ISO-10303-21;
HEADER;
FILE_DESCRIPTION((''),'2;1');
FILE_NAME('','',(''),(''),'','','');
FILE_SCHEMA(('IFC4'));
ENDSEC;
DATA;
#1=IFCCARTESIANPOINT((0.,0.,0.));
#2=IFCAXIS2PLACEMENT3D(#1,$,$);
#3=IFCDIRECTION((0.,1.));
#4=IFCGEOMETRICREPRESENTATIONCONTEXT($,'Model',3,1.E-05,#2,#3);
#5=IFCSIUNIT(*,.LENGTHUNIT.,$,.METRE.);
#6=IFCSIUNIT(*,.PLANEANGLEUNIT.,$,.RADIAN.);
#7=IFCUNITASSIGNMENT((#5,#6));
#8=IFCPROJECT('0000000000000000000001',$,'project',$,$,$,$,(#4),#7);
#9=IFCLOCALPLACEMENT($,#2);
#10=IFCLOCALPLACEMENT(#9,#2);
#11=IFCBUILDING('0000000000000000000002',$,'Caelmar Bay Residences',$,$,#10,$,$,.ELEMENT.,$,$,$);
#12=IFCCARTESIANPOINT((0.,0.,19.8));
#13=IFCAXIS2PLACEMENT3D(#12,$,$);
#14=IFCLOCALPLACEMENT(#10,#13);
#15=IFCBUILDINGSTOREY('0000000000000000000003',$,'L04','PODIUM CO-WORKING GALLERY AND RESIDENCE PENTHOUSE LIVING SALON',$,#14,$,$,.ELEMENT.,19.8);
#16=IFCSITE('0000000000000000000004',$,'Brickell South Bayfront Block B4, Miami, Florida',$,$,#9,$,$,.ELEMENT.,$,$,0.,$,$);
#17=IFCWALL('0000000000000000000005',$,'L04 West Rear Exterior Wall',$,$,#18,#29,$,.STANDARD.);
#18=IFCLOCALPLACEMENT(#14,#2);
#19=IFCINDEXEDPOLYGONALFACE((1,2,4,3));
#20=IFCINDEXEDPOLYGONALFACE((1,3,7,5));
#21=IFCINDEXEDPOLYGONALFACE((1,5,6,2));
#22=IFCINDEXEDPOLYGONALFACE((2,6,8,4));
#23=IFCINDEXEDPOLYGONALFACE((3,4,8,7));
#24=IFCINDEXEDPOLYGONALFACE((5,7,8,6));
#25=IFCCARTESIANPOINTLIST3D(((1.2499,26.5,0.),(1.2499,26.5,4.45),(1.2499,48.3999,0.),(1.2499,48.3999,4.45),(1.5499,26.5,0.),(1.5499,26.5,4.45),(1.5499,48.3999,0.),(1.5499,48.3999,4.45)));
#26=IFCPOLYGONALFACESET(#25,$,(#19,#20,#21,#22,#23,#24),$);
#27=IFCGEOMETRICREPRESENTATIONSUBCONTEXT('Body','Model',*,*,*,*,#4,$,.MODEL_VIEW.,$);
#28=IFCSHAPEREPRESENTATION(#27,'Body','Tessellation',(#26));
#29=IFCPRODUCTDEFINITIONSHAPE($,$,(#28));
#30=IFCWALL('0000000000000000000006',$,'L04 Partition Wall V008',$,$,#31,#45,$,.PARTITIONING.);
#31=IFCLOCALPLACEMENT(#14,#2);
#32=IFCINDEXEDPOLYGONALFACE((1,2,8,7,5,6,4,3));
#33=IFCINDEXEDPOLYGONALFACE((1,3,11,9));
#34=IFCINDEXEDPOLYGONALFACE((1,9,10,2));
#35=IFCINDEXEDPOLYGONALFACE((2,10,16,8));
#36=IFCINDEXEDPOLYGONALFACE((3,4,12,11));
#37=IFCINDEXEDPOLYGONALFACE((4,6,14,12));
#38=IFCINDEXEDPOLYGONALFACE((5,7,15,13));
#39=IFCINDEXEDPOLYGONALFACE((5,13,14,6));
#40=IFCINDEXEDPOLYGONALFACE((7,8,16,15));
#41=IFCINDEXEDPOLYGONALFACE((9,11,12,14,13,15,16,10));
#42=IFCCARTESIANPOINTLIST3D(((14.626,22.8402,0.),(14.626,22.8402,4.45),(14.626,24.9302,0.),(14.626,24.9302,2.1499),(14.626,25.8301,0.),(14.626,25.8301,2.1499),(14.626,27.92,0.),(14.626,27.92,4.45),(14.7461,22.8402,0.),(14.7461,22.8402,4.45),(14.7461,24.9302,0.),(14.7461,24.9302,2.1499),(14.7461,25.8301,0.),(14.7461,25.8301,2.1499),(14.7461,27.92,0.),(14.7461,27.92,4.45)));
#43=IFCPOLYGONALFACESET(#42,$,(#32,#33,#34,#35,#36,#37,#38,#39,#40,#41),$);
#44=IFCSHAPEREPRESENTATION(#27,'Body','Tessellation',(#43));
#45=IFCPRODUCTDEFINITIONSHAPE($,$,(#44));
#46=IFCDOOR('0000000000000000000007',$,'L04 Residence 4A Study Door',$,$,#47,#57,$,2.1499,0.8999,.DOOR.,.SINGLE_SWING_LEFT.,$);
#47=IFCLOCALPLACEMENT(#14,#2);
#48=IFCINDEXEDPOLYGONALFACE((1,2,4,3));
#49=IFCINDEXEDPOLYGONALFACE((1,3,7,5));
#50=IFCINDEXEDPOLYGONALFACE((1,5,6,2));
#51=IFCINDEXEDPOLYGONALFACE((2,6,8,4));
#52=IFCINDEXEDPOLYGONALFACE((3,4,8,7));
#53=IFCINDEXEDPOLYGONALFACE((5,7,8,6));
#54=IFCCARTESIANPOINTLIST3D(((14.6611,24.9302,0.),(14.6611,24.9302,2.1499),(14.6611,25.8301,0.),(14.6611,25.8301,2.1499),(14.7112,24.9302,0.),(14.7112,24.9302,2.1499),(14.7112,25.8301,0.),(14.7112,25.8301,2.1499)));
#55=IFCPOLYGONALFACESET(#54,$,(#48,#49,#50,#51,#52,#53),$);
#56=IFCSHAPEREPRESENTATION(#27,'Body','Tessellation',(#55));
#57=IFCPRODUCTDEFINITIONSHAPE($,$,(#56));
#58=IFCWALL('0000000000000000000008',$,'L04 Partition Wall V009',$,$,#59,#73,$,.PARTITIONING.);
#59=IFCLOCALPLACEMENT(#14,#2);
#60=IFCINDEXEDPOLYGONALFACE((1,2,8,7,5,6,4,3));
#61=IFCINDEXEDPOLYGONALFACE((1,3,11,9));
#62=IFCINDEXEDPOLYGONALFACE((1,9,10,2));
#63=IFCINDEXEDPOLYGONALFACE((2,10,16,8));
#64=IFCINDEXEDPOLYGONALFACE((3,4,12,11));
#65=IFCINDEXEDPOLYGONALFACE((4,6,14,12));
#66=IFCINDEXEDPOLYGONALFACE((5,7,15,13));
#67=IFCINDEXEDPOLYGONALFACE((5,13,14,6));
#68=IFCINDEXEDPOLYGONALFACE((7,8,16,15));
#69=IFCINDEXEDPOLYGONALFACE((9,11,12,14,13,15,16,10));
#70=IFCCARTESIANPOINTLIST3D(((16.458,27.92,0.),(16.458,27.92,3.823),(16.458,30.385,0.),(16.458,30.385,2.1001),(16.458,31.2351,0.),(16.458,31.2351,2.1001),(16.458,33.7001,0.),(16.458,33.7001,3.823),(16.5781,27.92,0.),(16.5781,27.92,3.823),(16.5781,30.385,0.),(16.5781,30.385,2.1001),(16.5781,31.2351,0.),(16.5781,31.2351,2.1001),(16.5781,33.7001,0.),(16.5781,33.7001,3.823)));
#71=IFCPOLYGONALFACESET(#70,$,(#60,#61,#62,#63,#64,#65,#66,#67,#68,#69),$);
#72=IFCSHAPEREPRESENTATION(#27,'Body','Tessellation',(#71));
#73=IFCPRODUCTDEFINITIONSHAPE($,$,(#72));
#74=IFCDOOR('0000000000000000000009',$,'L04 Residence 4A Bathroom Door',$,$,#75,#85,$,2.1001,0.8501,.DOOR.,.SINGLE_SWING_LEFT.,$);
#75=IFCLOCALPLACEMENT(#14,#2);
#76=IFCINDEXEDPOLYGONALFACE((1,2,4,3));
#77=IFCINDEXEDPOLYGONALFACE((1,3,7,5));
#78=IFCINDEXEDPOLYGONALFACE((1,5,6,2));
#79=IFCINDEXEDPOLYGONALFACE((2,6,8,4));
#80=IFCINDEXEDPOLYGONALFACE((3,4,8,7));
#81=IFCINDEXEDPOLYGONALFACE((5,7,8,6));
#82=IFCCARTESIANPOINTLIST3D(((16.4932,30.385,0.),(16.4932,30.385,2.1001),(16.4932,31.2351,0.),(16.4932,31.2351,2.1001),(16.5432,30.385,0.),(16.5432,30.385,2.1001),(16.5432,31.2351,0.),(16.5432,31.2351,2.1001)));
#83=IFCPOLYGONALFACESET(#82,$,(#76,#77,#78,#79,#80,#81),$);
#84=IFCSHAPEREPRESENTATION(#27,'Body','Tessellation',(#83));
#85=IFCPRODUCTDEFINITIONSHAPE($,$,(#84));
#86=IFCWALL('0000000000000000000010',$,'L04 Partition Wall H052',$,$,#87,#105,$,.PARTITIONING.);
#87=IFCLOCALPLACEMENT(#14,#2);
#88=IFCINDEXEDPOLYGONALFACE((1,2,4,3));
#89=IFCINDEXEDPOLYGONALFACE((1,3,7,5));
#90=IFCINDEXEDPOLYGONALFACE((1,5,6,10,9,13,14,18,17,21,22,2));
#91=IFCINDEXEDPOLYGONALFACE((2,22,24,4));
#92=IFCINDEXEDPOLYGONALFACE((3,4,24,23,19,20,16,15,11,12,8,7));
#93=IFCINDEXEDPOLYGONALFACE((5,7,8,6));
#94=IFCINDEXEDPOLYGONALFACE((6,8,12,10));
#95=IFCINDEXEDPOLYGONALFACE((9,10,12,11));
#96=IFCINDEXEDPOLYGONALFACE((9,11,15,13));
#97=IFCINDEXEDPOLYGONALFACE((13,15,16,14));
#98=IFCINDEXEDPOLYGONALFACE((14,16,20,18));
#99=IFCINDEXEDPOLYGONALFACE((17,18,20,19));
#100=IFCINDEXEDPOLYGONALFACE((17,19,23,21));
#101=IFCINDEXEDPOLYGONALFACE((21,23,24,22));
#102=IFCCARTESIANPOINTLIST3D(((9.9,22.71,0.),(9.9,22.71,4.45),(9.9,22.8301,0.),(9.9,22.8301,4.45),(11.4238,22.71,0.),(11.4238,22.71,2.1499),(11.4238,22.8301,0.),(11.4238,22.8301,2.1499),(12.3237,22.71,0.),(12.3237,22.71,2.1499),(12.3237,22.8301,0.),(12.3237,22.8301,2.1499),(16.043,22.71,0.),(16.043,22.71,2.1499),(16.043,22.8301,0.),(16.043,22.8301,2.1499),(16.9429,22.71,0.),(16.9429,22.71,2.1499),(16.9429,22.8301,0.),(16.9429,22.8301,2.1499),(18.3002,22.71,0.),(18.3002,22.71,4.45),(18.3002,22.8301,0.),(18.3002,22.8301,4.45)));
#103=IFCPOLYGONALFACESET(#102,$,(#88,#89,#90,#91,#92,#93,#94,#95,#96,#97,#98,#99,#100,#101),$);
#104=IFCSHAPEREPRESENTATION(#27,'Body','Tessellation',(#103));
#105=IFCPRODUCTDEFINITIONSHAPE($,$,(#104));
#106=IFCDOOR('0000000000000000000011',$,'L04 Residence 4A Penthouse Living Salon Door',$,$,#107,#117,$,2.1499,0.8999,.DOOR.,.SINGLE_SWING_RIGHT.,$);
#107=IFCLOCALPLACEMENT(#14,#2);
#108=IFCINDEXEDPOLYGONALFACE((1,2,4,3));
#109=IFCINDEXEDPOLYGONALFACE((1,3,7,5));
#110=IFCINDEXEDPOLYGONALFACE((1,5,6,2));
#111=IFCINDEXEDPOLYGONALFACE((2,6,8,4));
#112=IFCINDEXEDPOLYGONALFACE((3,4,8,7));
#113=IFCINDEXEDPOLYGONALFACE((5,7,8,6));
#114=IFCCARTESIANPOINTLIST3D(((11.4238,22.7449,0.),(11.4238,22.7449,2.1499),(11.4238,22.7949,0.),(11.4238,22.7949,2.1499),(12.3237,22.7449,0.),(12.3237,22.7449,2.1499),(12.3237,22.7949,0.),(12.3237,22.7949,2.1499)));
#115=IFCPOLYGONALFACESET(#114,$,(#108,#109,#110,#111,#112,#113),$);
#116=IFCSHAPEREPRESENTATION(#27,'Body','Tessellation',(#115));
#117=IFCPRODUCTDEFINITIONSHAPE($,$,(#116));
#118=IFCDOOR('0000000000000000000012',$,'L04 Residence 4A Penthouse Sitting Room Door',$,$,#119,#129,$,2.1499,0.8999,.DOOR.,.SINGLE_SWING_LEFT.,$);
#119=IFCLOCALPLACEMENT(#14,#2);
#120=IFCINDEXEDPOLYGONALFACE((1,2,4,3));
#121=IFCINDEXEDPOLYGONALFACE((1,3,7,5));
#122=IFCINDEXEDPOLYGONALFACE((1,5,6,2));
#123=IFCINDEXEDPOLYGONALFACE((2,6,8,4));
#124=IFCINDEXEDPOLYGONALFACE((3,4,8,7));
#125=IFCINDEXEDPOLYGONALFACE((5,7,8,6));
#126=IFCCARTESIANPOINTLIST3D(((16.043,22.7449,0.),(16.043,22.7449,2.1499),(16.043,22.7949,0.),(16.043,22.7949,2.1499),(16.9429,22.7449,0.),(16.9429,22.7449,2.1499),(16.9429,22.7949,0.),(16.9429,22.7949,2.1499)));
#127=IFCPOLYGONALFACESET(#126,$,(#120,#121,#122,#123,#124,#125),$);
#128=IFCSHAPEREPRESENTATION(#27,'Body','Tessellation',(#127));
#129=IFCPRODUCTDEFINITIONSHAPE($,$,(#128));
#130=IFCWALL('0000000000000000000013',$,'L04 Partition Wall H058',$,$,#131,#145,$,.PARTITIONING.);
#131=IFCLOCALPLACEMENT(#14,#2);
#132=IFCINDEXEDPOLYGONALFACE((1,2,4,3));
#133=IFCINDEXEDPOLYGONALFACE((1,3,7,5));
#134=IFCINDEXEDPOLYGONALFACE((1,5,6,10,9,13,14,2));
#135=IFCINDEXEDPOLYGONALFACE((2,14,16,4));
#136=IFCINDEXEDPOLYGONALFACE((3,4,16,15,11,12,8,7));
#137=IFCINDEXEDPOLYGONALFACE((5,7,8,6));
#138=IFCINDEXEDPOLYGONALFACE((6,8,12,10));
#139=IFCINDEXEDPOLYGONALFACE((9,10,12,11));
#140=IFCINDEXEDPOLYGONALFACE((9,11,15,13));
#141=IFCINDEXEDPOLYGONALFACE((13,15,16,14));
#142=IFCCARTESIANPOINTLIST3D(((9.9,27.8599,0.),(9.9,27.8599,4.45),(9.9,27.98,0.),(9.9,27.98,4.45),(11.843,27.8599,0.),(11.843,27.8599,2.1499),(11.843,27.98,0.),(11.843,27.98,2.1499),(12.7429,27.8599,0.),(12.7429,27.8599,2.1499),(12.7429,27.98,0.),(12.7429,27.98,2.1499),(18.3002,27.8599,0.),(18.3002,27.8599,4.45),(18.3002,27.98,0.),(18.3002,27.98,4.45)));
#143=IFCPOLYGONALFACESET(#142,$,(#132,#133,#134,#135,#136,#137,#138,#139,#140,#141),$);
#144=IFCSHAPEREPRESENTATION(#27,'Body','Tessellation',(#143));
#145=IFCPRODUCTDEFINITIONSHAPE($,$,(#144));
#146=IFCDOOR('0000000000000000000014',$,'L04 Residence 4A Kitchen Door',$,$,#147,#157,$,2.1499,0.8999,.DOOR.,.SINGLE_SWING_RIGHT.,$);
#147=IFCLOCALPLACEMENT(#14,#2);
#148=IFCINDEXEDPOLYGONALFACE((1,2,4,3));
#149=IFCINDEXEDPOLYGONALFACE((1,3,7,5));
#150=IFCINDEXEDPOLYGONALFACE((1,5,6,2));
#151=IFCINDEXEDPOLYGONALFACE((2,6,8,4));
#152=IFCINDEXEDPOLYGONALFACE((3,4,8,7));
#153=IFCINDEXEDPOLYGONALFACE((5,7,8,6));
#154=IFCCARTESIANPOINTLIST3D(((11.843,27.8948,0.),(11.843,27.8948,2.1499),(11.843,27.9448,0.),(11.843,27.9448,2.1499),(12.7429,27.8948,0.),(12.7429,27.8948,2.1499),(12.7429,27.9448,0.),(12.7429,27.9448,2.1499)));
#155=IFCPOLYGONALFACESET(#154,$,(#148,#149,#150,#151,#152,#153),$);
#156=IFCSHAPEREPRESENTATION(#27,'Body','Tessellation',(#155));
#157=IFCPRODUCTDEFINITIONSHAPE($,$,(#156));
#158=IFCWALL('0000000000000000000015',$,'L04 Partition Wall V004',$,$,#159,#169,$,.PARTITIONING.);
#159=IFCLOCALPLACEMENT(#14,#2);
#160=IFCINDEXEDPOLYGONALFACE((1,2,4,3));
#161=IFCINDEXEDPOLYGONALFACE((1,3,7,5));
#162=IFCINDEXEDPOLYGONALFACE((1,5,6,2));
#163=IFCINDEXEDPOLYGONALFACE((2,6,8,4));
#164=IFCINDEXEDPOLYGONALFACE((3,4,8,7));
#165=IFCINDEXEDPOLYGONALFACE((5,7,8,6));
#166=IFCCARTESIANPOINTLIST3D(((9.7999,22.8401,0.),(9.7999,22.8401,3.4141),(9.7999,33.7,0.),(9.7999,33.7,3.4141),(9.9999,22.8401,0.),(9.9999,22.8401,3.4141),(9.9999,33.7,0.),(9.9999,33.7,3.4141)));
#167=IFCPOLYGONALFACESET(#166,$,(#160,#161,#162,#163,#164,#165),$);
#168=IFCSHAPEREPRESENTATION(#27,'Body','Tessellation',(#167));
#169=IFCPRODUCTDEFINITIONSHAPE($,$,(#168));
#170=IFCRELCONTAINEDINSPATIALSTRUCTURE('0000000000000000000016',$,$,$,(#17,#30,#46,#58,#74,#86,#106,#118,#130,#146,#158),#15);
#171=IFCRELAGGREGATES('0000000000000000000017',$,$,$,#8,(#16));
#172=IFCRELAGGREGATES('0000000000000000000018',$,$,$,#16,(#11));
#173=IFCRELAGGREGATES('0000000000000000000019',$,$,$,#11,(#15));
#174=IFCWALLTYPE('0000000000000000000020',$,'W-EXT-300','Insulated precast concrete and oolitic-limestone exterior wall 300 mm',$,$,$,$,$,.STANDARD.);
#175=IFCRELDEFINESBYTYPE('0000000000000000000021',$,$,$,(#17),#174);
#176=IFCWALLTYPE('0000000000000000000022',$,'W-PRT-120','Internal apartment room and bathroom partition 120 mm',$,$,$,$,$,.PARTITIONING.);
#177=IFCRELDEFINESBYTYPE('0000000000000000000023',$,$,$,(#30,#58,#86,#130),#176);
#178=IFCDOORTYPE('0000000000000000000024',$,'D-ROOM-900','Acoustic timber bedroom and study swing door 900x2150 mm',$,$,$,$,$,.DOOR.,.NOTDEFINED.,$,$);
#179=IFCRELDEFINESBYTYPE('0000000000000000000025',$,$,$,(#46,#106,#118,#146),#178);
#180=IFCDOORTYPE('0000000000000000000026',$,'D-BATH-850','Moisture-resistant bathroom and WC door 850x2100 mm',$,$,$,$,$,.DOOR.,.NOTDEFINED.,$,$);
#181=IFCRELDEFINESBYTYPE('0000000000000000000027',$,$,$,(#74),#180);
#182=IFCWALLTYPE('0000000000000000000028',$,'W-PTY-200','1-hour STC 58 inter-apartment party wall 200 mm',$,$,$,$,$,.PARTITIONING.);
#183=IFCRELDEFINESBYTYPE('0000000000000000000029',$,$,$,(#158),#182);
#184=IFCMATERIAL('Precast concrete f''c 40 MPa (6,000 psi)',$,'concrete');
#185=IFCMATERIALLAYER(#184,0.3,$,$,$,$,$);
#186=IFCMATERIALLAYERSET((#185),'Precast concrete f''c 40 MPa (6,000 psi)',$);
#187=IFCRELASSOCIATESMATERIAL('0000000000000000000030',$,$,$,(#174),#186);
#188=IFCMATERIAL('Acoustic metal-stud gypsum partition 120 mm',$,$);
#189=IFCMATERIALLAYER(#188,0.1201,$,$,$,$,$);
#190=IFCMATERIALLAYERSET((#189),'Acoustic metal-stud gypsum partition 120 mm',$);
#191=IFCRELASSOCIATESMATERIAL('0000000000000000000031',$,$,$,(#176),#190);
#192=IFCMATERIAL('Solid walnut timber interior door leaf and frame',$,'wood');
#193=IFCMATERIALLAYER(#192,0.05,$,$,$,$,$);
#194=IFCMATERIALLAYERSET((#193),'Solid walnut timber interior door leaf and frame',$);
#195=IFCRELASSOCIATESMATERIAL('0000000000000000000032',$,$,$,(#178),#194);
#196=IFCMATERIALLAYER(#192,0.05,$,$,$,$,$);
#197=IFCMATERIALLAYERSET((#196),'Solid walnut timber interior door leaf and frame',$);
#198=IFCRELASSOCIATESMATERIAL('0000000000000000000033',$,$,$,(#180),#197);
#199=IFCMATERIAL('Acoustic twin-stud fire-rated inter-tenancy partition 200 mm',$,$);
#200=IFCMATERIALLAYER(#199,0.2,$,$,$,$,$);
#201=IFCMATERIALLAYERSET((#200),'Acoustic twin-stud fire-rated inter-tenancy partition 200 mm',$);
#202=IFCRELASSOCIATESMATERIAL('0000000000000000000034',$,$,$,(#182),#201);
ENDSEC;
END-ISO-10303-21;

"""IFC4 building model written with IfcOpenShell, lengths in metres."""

from ifc_helpers import new_model, si_unit, direction, frame, frame_2d, origin, place, context, subcontext, project, spatial, rectangle, extrude, material, layer, layer_set, type_object, element, fill, save


model = new_model("IFC4")

# Units and contexts
model_context = context("Model", 3, precision=1e-05, world=origin(), true_north=direction((0.0, 1.0)))
body_context = subcontext(model_context, "Body", "Model", "MODEL_VIEW")
ifc_project = project(units=[si_unit("LENGTHUNIT", "METRE"), si_unit("PLANEANGLEUNIT", "RADIAN")], contexts=[model_context])

# Site, building, storey
site_placement = place(None, origin())
site = spatial("IfcSite", under=ifc_project, at=site_placement, Name="Brickell South Bayfront Block B4, Miami, Florida", CompositionType="ELEMENT", RefElevation=0.0)
building_placement = place(site_placement, origin())
building = spatial("IfcBuilding", under=site, at=building_placement, Name="Caelmar Bay Residences", CompositionType="ELEMENT")
storey_placement = place(building_placement, frame((0.0, 0.0, 19.8)))
storey = spatial("IfcBuildingStorey", under=building, at=storey_placement, Name="L04", Description="PODIUM CO-WORKING GALLERY AND RESIDENCE PENTHOUSE LIVING SALON", CompositionType="ELEMENT", Elevation=19.8)

# Wall
ifc_material_1 = material(Name="Precast concrete f'c 40 MPa (6,000 psi)", Category="concrete")
ifc_layer_1 = layer(ifc_material_1, 0.3)
ifc_layer_set_1 = layer_set([ifc_layer_1], Name="Precast concrete f'c 40 MPa (6,000 psi)")
wall_type_1 = type_object("IfcWallType", Name="W-EXT-300", Description="Insulated precast concrete and oolitic-limestone exterior wall 300 mm", PredefinedType="STANDARD", material=ifc_layer_set_1)
wall_1_placement = place(storey_placement, frame((1.3999, 26.5, 0.0), z_axis=(0.0, 0.0, 1.0), x_axis=(0.0, 1.0, 0.0)))
element("IfcWall", 1, at=wall_1_placement, inside=storey, type_object=wall_type_1, Name="L04 West Rear Exterior Wall", PredefinedType="STANDARD", context=body_context, shape_type="SweptSolid", body=[
    extrude(rectangle(XDim=21.8999, YDim=0.3, at=frame_2d((10.95, 0.0))), origin(), (0.0, 0.0, 1.0), 4.45),
])

# Walls, openings, doors
ifc_material_2 = material(Name="Acoustic metal-stud gypsum partition 120 mm")
ifc_layer_2 = layer(ifc_material_2, 0.1201)
ifc_layer_set_2 = layer_set([ifc_layer_2], Name="Acoustic metal-stud gypsum partition 120 mm")
wall_type_2 = type_object("IfcWallType", Name="W-PRT-120", Description="Internal apartment room and bathroom partition 120 mm", PredefinedType="PARTITIONING", material=ifc_layer_set_2)
wall_2_placement = place(storey_placement, frame((14.686, 22.8401, 0.0), z_axis=(0.0, 0.0, 1.0), x_axis=(0.0, 1.0, 0.0)))
wall_2 = element("IfcWall", 2, at=wall_2_placement, inside=storey, type_object=wall_type_2, Name="L04 Partition Wall V008", PredefinedType="PARTITIONING", context=body_context, shape_type="SweptSolid", body=[
    extrude(rectangle(XDim=5.0798, YDim=0.1201, at=frame_2d((2.54, 0.0))), origin(), (0.0, 0.0, 1.0), 4.45),
])
opening_1_placement = place(wall_2_placement, frame((2.0901, 0.0, 0.0)))
opening_1 = element("IfcOpeningElement", 3, at=opening_1_placement, cuts=wall_2, PredefinedType="OPENING", context=body_context, shape_type="SweptSolid", body=[
    extrude(rectangle(XDim=0.8999, YDim=2.1499, at=frame_2d((0.45, 1.075))), frame((0.0, 0.0701, 0.0), z_axis=(0.0, -1.0, 0.0), x_axis=(1.0, 0.0, 0.0)), (0.0, 0.0, 1.0), 0.1401),
])
ifc_material_3 = material(Name="Solid walnut timber interior door leaf and frame", Category="wood")
ifc_layer_3 = layer(ifc_material_3, 0.05)
ifc_layer_set_3 = layer_set([ifc_layer_3], Name="Solid walnut timber interior door leaf and frame")
door_type_1 = type_object("IfcDoorType", Name="D-ROOM-900", Description="Acoustic timber bedroom and study swing door 900x2150 mm", OperationType="NOTDEFINED", PredefinedType="DOOR", material=ifc_layer_set_3)
door_1_placement = place(opening_1_placement, origin())
door_1 = element("IfcDoor", 4, at=door_1_placement, inside=storey, type_object=door_type_1, Name="L04 Residence 4A Study Door", OperationType="SINGLE_SWING_LEFT", OverallHeight=2.1499, OverallWidth=0.8999, PredefinedType="DOOR", context=body_context, shape_type="SweptSolid", body=[
    extrude(rectangle(XDim=0.8999, YDim=2.1499, at=frame_2d((0.45, 1.075))), frame((0.0, 0.0249, 0.0), z_axis=(0.0, -1.0, 0.0), x_axis=(1.0, 0.0, 0.0)), (0.0, 0.0, 1.0), 0.05),
])
fill(opening_1, door_1)
wall_3_placement = place(storey_placement, frame((16.5181, 27.9199, 0.0), z_axis=(0.0, 0.0, 1.0), x_axis=(0.0, 1.0, 0.0)))
wall_3 = element("IfcWall", 5, at=wall_3_placement, inside=storey, type_object=wall_type_2, Name="L04 Partition Wall V009", PredefinedType="PARTITIONING", context=body_context, shape_type="SweptSolid", body=[
    extrude(rectangle(XDim=5.78, YDim=0.1201, at=frame_2d((2.8901, 0.0))), origin(), (0.0, 0.0, 1.0), 3.823),
])
opening_2_placement = place(wall_3_placement, frame((2.4651, 0.0, 0.0)))
opening_2 = element("IfcOpeningElement", 6, at=opening_2_placement, cuts=wall_3, PredefinedType="OPENING", context=body_context, shape_type="SweptSolid", body=[
    extrude(rectangle(XDim=0.8501, YDim=2.1001, at=frame_2d((0.425, 1.05))), frame((0.0, 0.0701, 0.0), z_axis=(0.0, -1.0, 0.0), x_axis=(1.0, 0.0, 0.0)), (0.0, 0.0, 1.0), 0.1401),
])
ifc_layer_4 = layer(ifc_material_3, 0.05)
ifc_layer_set_4 = layer_set([ifc_layer_4], Name="Solid walnut timber interior door leaf and frame")
door_type_2 = type_object("IfcDoorType", Name="D-BATH-850", Description="Moisture-resistant bathroom and WC door 850x2100 mm", OperationType="NOTDEFINED", PredefinedType="DOOR", material=ifc_layer_set_4)
door_2_placement = place(opening_2_placement, origin())
door_2 = element("IfcDoor", 7, at=door_2_placement, inside=storey, type_object=door_type_2, Name="L04 Residence 4A Bathroom Door", OperationType="SINGLE_SWING_LEFT", OverallHeight=2.1001, OverallWidth=0.8501, PredefinedType="DOOR", context=body_context, shape_type="SweptSolid", body=[
    extrude(rectangle(XDim=0.8501, YDim=2.1001, at=frame_2d((0.425, 1.05))), frame((0.0, 0.0249, 0.0), z_axis=(0.0, -1.0, 0.0), x_axis=(1.0, 0.0, 0.0)), (0.0, 0.0, 1.0), 0.05),
])
fill(opening_2, door_2)

# Wall, openings, doors
wall_4_placement = place(storey_placement, frame((9.8999, 22.77, 0.0), z_axis=(0.0, 0.0, 1.0), x_axis=(1.0, 0.0, 0.0)))
wall_4 = element("IfcWall", 8, at=wall_4_placement, inside=storey, type_object=wall_type_2, Name="L04 Partition Wall H052", PredefinedType="PARTITIONING", context=body_context, shape_type="SweptSolid", body=[
    extrude(rectangle(XDim=8.4001, YDim=0.1201, at=frame_2d((4.2002, 0.0))), origin(), (0.0, 0.0, 1.0), 4.45),
])
opening_3_placement = place(wall_4_placement, frame((1.5239, 0.0, 0.0)))
opening_3 = element("IfcOpeningElement", 9, at=opening_3_placement, cuts=wall_4, PredefinedType="OPENING", context=body_context, shape_type="SweptSolid", body=[
    extrude(rectangle(XDim=0.8999, YDim=2.1499, at=frame_2d((0.45, 1.075))), frame((0.0, 0.0701, 0.0), z_axis=(0.0, -1.0, 0.0), x_axis=(1.0, 0.0, 0.0)), (0.0, 0.0, 1.0), 0.1401),
])
opening_4_placement = place(wall_4_placement, frame((6.1431, 0.0, 0.0)))
opening_4 = element("IfcOpeningElement", 10, at=opening_4_placement, cuts=wall_4, PredefinedType="OPENING", context=body_context, shape_type="SweptSolid", body=[
    extrude(rectangle(XDim=0.8999, YDim=2.1499, at=frame_2d((0.45, 1.075))), frame((0.0, 0.0701, 0.0), z_axis=(0.0, -1.0, 0.0), x_axis=(1.0, 0.0, 0.0)), (0.0, 0.0, 1.0), 0.1401),
])
door_3_placement = place(opening_3_placement, origin())
door_3 = element("IfcDoor", 11, at=door_3_placement, inside=storey, type_object=door_type_1, Name="L04 Residence 4A Penthouse Living Salon Door", OperationType="SINGLE_SWING_RIGHT", OverallHeight=2.1499, OverallWidth=0.8999, PredefinedType="DOOR", context=body_context, shape_type="SweptSolid", body=[
    extrude(rectangle(XDim=0.8999, YDim=2.1499, at=frame_2d((0.45, 1.075))), frame((0.0, 0.0249, 0.0), z_axis=(0.0, -1.0, 0.0), x_axis=(1.0, 0.0, 0.0)), (0.0, 0.0, 1.0), 0.05),
])
fill(opening_3, door_3)
door_4_placement = place(opening_4_placement, origin())
door_4 = element("IfcDoor", 12, at=door_4_placement, inside=storey, type_object=door_type_1, Name="L04 Residence 4A Penthouse Sitting Room Door", OperationType="SINGLE_SWING_LEFT", OverallHeight=2.1499, OverallWidth=0.8999, PredefinedType="DOOR", context=body_context, shape_type="SweptSolid", body=[
    extrude(rectangle(XDim=0.8999, YDim=2.1499, at=frame_2d((0.45, 1.075))), frame((0.0, 0.0249, 0.0), z_axis=(0.0, -1.0, 0.0), x_axis=(1.0, 0.0, 0.0)), (0.0, 0.0, 1.0), 0.05),
])
fill(opening_4, door_4)

# Wall, opening, door
wall_5_placement = place(storey_placement, frame((9.8999, 27.9199, 0.0), z_axis=(0.0, 0.0, 1.0), x_axis=(1.0, 0.0, 0.0)))
wall_5 = element("IfcWall", 13, at=wall_5_placement, inside=storey, type_object=wall_type_2, Name="L04 Partition Wall H058", PredefinedType="PARTITIONING", context=body_context, shape_type="SweptSolid", body=[
    extrude(rectangle(XDim=8.4001, YDim=0.1201, at=frame_2d((4.2002, 0.0))), origin(), (0.0, 0.0, 1.0), 4.45),
])
opening_5_placement = place(wall_5_placement, frame((1.9431, 0.0, 0.0)))
opening_5 = element("IfcOpeningElement", 14, at=opening_5_placement, cuts=wall_5, PredefinedType="OPENING", context=body_context, shape_type="SweptSolid", body=[
    extrude(rectangle(XDim=0.8999, YDim=2.1499, at=frame_2d((0.45, 1.075))), frame((0.0, 0.0701, 0.0), z_axis=(0.0, -1.0, 0.0), x_axis=(1.0, 0.0, 0.0)), (0.0, 0.0, 1.0), 0.1401),
])
door_5_placement = place(opening_5_placement, origin())
door_5 = element("IfcDoor", 15, at=door_5_placement, inside=storey, type_object=door_type_1, Name="L04 Residence 4A Kitchen Door", OperationType="SINGLE_SWING_RIGHT", OverallHeight=2.1499, OverallWidth=0.8999, PredefinedType="DOOR", context=body_context, shape_type="SweptSolid", body=[
    extrude(rectangle(XDim=0.8999, YDim=2.1499, at=frame_2d((0.45, 1.075))), frame((0.0, 0.0249, 0.0), z_axis=(0.0, -1.0, 0.0), x_axis=(1.0, 0.0, 0.0)), (0.0, 0.0, 1.0), 0.05),
])
fill(opening_5, door_5)

# Wall
ifc_material_4 = material(Name="Acoustic twin-stud fire-rated inter-tenancy partition 200 mm")
ifc_layer_5 = layer(ifc_material_4, 0.2)
ifc_layer_set_5 = layer_set([ifc_layer_5], Name="Acoustic twin-stud fire-rated inter-tenancy partition 200 mm")
wall_type_3 = type_object("IfcWallType", Name="W-PTY-200", Description="1-hour STC 58 inter-apartment party wall 200 mm", PredefinedType="PARTITIONING", material=ifc_layer_set_5)
wall_6_placement = place(storey_placement, frame((9.8999, 22.8401, 0.0), z_axis=(0.0, 0.0, 1.0), x_axis=(0.0, 1.0, 0.0)))
element("IfcWall", 16, at=wall_6_placement, inside=storey, type_object=wall_type_3, Name="L04 Partition Wall V004", PredefinedType="PARTITIONING", context=body_context, shape_type="SweptSolid", body=[
    extrude(rectangle(XDim=10.8599, YDim=0.2, at=frame_2d((5.4299, 0.0))), origin(), (0.0, 0.0, 1.0), 3.4141),
])

save(model, "model.ifc")
